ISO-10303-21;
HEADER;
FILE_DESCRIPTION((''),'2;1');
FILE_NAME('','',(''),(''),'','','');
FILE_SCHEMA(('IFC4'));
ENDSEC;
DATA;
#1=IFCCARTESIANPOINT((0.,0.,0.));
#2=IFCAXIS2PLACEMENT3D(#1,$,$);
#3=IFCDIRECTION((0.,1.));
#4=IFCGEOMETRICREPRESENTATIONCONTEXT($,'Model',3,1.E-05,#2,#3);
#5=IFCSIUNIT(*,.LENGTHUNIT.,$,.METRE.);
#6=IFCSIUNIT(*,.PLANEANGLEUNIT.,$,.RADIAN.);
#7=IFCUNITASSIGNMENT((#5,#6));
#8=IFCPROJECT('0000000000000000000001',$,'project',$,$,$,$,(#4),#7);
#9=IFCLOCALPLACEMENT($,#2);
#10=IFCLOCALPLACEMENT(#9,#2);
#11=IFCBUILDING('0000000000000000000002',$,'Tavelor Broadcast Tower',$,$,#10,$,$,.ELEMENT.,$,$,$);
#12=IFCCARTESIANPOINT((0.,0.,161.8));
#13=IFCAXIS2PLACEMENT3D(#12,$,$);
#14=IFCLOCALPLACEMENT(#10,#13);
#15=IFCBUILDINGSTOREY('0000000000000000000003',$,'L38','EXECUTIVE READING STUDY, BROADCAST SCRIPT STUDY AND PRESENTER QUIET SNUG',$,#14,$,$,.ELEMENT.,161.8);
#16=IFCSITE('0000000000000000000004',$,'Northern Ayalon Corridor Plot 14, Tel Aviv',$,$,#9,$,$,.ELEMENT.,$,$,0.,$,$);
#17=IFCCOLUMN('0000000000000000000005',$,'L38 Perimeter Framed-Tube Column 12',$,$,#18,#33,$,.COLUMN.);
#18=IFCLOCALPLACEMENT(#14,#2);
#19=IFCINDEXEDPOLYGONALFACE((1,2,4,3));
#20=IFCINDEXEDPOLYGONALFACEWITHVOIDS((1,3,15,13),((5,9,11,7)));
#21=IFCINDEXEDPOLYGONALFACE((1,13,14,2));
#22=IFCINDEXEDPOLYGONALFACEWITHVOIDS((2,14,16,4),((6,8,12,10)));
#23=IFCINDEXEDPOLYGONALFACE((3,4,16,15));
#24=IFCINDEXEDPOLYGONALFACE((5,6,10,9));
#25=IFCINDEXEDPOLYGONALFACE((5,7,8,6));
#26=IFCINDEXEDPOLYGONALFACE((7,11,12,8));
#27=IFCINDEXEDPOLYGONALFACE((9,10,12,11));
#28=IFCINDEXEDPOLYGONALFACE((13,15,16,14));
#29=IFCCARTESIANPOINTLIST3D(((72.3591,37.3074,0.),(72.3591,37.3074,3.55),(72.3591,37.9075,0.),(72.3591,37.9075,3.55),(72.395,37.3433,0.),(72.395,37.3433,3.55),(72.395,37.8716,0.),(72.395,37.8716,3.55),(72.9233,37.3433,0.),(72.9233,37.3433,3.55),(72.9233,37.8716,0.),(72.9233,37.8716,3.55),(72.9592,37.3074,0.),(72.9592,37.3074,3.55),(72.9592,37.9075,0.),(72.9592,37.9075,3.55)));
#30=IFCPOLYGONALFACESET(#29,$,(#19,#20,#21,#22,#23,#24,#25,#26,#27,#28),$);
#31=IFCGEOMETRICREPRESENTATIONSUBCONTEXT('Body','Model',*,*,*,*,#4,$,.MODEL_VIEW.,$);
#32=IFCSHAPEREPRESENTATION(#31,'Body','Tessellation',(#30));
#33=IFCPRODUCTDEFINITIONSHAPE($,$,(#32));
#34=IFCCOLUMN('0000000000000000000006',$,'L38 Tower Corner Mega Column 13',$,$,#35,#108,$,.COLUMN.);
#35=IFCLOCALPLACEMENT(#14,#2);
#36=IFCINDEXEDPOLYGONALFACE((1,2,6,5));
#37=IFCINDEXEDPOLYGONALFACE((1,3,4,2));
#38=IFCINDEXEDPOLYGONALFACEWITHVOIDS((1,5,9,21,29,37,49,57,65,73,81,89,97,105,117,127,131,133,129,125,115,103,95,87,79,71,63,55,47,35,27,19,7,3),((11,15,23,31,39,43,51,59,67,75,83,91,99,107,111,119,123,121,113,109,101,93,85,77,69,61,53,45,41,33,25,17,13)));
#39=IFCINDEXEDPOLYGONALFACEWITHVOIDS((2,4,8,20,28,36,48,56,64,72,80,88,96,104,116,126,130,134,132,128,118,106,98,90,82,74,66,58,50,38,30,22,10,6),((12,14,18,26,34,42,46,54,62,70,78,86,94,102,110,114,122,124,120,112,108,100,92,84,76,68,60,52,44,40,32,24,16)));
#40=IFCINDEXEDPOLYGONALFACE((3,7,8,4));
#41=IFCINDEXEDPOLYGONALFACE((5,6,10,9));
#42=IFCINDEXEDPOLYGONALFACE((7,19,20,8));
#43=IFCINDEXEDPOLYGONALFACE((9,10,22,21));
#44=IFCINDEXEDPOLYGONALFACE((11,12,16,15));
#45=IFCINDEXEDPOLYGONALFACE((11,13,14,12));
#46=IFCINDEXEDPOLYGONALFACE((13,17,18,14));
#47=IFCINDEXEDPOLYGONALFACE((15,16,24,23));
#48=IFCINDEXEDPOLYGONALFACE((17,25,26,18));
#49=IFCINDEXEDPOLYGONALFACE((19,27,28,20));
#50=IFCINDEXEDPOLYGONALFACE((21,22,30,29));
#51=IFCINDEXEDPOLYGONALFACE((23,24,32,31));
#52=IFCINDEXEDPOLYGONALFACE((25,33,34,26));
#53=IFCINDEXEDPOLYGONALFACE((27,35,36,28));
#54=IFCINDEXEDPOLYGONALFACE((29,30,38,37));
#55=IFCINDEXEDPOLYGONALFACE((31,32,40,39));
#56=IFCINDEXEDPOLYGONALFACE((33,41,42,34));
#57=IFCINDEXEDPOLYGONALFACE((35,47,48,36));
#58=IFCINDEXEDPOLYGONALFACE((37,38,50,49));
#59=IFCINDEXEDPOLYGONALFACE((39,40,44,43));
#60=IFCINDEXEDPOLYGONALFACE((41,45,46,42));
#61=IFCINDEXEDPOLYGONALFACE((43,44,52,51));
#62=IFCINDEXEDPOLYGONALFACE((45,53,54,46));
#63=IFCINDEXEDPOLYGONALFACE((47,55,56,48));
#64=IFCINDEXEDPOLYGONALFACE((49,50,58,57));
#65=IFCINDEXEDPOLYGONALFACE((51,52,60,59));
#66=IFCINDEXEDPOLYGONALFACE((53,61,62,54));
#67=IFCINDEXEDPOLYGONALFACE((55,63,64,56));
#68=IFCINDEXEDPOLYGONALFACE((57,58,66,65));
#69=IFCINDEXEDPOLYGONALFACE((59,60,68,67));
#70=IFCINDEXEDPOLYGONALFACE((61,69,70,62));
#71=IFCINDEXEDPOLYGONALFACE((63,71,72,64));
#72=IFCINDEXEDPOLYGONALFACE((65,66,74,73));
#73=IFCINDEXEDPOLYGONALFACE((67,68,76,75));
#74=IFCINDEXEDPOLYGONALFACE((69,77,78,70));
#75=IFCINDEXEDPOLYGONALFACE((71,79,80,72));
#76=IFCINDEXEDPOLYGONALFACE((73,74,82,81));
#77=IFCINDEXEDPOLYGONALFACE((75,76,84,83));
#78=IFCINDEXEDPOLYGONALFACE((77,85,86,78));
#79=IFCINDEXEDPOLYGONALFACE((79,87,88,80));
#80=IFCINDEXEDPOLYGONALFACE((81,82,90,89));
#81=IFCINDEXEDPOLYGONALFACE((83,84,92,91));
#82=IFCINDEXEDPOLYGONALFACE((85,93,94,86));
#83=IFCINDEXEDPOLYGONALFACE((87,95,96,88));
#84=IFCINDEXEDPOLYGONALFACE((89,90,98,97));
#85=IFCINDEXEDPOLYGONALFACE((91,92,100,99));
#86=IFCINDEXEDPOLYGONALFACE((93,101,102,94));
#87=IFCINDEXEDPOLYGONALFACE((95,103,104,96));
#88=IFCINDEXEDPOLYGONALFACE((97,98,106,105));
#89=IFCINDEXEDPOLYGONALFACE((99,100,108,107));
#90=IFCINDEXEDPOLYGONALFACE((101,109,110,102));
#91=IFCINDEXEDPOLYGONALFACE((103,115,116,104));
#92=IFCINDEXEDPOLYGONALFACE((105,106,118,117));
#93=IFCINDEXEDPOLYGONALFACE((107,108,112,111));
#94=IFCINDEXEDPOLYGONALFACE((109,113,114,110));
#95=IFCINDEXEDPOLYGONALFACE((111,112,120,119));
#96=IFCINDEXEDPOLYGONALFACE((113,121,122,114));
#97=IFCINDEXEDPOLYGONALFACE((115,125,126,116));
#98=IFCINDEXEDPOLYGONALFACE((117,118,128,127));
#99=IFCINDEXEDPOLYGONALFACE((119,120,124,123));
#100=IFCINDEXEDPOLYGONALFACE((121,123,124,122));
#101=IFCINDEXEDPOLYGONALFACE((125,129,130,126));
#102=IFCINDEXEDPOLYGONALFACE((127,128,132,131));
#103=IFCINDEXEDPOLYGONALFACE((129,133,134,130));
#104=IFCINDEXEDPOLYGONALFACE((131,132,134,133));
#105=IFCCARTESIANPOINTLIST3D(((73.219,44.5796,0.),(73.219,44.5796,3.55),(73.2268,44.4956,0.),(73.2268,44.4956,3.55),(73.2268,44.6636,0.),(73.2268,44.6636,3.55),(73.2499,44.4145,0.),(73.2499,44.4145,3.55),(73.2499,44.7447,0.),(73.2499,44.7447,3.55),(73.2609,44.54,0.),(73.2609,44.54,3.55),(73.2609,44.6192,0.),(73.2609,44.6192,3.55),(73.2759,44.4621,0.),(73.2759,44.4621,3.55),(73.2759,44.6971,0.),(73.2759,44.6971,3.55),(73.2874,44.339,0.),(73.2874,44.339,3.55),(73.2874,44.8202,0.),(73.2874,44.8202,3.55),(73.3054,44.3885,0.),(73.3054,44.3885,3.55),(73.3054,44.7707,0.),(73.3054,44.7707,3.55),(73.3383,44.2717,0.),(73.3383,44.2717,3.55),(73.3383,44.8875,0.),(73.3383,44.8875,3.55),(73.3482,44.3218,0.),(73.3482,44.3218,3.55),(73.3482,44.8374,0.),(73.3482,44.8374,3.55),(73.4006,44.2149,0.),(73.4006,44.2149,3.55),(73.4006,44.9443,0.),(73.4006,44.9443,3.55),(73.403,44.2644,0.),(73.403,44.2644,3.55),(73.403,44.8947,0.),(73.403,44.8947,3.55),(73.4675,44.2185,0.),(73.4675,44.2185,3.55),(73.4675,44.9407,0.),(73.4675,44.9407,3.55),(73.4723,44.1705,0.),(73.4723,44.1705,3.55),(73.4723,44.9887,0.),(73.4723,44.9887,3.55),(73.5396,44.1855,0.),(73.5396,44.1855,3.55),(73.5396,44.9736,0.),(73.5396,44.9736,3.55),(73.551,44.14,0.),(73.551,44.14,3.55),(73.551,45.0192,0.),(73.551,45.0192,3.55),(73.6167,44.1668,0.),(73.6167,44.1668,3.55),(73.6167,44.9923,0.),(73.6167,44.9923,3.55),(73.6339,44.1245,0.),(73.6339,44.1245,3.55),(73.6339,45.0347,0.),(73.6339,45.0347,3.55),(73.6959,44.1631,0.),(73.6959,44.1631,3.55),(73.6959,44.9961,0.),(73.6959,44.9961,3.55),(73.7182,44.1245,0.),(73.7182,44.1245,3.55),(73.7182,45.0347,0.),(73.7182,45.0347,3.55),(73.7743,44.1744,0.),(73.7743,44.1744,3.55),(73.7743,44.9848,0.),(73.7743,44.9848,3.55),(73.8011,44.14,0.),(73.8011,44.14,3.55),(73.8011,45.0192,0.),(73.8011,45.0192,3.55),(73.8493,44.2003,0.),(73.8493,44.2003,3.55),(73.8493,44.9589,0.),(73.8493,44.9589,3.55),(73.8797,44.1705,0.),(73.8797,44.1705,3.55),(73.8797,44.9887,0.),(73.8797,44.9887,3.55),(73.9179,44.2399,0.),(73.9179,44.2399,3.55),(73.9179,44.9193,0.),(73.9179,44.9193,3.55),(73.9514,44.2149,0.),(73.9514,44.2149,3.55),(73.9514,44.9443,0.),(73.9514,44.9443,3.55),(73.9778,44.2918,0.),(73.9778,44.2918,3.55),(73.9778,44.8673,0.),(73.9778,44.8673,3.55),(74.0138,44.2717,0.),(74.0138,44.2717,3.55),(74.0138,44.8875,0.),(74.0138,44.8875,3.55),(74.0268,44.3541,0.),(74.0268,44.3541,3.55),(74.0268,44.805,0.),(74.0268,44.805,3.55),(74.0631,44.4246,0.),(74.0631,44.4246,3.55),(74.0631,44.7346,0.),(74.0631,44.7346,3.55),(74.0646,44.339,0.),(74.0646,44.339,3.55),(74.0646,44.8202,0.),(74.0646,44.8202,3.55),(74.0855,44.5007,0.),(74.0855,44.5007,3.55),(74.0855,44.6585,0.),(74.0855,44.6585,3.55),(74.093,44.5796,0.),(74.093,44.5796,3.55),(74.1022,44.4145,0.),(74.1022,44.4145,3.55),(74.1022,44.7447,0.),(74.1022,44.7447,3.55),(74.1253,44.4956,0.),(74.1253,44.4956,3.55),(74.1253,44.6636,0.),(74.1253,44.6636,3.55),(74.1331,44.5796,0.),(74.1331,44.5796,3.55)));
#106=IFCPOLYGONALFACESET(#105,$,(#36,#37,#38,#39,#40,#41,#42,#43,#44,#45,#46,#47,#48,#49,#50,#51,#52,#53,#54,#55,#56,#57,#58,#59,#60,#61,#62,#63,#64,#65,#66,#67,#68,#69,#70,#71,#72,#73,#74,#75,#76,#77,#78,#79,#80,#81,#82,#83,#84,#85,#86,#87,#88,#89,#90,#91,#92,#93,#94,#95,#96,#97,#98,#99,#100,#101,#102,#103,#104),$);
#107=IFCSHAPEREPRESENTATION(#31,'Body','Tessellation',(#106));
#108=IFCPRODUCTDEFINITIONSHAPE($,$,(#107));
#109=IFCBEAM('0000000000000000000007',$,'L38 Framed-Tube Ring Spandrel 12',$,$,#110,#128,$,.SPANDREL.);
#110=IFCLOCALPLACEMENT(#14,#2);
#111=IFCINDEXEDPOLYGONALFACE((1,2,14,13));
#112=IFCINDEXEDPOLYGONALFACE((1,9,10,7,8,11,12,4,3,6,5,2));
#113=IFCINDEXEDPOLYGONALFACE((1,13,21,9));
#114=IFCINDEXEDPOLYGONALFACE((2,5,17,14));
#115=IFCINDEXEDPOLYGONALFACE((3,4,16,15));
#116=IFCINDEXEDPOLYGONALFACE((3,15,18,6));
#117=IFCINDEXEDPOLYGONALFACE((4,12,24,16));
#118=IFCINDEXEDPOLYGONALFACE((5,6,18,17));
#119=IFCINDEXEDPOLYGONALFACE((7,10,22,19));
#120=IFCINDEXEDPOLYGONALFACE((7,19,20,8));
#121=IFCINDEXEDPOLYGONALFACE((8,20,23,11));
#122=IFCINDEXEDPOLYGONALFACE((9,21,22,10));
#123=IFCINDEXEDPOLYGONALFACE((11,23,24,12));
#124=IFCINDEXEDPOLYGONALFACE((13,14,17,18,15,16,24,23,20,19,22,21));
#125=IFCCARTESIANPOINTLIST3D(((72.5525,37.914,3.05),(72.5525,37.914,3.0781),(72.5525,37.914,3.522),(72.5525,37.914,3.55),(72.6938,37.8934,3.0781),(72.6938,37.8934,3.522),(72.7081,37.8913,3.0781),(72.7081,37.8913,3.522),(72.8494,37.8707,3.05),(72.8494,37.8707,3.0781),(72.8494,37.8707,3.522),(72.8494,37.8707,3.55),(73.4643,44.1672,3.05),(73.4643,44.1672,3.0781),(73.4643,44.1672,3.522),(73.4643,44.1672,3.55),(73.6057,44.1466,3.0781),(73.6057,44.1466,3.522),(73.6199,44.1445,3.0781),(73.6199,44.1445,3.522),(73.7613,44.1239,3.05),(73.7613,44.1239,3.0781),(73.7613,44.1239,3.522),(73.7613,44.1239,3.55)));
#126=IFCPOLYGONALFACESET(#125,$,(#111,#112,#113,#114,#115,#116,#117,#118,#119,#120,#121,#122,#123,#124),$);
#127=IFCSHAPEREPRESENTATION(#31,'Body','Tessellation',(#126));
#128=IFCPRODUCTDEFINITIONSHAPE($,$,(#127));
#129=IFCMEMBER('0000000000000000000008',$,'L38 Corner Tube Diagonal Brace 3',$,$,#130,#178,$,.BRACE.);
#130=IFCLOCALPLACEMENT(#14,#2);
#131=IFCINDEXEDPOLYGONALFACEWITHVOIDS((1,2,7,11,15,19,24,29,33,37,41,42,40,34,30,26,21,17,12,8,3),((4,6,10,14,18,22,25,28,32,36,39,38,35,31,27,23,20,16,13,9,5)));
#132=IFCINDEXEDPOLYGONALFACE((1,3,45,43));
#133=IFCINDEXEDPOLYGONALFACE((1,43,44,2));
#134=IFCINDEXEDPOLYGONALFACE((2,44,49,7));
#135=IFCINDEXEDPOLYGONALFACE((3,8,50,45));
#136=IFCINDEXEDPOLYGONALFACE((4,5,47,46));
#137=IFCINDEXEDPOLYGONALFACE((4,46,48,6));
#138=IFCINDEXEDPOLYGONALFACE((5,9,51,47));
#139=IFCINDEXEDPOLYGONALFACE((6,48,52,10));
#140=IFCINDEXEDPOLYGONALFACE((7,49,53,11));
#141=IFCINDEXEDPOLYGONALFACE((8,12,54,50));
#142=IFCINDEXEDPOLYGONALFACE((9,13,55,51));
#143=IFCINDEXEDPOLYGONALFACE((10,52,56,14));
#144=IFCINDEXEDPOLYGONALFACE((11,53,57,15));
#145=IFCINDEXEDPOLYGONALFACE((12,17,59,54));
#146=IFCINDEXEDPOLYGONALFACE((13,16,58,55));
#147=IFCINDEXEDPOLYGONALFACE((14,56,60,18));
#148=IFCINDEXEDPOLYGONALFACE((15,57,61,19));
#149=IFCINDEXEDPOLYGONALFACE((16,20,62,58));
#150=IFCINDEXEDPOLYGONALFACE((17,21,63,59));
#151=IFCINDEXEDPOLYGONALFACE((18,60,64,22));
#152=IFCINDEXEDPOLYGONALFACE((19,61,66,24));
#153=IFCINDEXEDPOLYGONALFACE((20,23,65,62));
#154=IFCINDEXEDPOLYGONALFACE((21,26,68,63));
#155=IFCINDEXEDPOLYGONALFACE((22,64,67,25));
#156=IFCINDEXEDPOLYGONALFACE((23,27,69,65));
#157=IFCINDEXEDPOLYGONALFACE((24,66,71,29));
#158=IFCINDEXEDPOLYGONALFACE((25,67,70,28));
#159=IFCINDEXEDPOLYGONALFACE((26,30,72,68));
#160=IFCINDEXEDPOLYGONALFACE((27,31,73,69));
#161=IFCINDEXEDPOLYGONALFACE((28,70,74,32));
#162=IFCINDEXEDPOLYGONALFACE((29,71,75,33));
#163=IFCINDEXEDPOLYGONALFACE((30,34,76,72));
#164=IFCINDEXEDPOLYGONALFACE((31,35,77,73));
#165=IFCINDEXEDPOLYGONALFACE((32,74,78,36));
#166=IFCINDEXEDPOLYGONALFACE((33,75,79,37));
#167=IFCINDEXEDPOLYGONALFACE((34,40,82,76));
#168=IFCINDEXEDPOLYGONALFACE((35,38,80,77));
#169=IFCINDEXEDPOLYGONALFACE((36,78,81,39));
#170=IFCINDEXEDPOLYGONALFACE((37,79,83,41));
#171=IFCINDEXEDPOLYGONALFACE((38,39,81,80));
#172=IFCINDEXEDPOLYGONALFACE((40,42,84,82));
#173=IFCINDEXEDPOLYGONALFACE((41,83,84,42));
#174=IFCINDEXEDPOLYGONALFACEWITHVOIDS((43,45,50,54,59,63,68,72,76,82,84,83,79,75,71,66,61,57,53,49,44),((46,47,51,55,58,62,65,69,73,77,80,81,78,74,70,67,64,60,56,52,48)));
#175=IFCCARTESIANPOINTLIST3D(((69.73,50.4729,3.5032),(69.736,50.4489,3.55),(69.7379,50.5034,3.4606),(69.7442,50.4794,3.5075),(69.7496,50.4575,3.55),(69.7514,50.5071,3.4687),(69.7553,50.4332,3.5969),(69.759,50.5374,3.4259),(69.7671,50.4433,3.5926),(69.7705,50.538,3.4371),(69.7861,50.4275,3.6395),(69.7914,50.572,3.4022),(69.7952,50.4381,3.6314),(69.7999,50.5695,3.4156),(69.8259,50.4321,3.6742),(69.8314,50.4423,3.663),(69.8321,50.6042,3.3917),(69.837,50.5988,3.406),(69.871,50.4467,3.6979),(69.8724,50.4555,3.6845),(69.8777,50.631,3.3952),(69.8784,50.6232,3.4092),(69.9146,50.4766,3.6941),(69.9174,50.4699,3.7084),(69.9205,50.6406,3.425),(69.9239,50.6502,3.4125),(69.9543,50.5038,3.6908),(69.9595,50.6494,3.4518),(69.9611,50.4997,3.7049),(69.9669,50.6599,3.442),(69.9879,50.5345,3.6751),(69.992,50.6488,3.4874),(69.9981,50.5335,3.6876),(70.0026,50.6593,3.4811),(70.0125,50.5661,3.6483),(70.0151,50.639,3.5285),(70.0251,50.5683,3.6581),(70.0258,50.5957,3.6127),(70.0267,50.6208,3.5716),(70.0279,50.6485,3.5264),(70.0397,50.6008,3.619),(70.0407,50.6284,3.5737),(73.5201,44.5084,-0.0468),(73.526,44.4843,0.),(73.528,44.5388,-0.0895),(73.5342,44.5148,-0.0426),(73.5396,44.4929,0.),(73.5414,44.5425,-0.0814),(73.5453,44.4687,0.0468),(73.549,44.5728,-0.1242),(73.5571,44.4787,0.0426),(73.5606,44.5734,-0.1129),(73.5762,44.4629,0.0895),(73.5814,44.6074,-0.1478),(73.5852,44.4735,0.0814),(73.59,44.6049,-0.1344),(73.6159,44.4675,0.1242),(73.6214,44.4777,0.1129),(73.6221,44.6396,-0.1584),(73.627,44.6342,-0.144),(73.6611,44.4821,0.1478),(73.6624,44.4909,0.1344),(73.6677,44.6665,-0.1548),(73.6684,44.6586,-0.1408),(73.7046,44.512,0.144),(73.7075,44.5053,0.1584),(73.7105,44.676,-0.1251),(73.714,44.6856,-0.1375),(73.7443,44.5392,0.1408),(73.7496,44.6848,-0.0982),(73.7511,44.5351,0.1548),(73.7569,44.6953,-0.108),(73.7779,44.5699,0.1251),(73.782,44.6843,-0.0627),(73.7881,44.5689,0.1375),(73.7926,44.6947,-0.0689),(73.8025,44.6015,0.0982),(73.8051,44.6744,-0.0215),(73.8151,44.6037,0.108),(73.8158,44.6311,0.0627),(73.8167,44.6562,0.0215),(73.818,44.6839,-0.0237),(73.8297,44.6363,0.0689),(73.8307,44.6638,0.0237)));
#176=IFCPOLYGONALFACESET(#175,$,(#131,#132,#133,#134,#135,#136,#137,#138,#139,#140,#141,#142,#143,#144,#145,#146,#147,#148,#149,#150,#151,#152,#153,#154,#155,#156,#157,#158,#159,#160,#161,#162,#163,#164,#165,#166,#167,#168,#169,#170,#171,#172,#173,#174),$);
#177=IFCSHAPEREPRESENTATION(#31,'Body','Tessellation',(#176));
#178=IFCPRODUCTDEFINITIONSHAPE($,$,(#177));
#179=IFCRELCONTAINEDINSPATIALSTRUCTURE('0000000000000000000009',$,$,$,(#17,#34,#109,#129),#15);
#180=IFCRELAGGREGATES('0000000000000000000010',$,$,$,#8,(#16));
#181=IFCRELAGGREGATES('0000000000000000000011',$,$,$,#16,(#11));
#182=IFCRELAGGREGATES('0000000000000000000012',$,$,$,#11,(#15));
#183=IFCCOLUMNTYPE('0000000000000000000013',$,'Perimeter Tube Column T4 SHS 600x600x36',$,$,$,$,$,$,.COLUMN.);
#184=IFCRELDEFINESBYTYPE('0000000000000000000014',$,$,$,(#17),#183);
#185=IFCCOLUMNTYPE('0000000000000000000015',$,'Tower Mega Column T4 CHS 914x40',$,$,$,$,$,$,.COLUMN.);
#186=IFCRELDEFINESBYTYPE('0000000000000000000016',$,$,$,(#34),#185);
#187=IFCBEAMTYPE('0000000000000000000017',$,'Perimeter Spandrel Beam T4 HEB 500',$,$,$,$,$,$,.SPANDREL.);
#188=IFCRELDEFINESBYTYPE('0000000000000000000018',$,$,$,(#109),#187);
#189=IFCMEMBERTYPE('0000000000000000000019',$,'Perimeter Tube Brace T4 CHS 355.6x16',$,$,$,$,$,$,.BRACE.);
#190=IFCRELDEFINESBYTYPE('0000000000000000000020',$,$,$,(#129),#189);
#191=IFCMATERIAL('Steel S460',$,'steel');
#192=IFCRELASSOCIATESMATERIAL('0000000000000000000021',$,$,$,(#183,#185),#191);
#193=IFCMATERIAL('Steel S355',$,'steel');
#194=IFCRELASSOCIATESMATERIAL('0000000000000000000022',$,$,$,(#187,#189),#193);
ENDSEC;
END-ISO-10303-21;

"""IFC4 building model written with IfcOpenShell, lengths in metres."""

from ifc_helpers import new_model, si_unit, direction, frame, origin, origin_2d, place, context, subcontext, project, spatial, hollow_rectangle, hollow_circle, i_section, extrude, material, material_profile, profile_set, type_object, element, save


model = new_model("IFC4")

# Units and contexts
model_context = context("Model", 3, precision=1e-05, world=origin(), true_north=direction((0.0, 1.0)))
body_context = subcontext(model_context, "Body", "Model", "MODEL_VIEW")
ifc_project = project(units=[si_unit("LENGTHUNIT", "METRE"), si_unit("PLANEANGLEUNIT", "RADIAN")], contexts=[model_context])

# Site, building, storey
site_placement = place(None, origin())
site = spatial("IfcSite", under=ifc_project, at=site_placement, Name="Northern Ayalon Corridor Plot 14, Tel Aviv", CompositionType="ELEMENT", RefElevation=0.0)
building_placement = place(site_placement, origin())
building = spatial("IfcBuilding", under=site, at=building_placement, Name="Tavelor Broadcast Tower", CompositionType="ELEMENT")
storey_placement = place(building_placement, frame((0.0, 0.0, 161.8)))
storey = spatial("IfcBuildingStorey", under=building, at=storey_placement, Name="L38", Description="EXECUTIVE READING STUDY, BROADCAST SCRIPT STUDY AND PRESENTER QUIET SNUG", CompositionType="ELEMENT", Elevation=161.8)

# Columns
ifc_material_1 = material(Name="Steel S460", Category="steel")
ifc_material_profile_1 = material_profile(ifc_material_1, hollow_rectangle(XDim=0.6001, YDim=0.6001, WallThickness=0.0359, at=origin_2d()), Name="SHS 600x600x36")
ifc_profile_set_1 = profile_set([ifc_material_profile_1], Name="Steel S460")
column_type_1 = type_object("IfcColumnType", Name="Perimeter Tube Column T4 SHS 600x600x36", PredefinedType="COLUMN", material=ifc_profile_set_1)
column_1_placement = place(storey_placement, frame((72.6592, 37.6074, 0.0), z_axis=(0.0, 0.0, 1.0), x_axis=(1.0, 0.0, 0.0)))
element("IfcColumn", 1, at=column_1_placement, inside=storey, type_object=column_type_1, Name="L38 Perimeter Framed-Tube Column 12", PredefinedType="COLUMN", context=body_context, shape_type="SweptSolid", body=[
    extrude(hollow_rectangle(XDim=0.6001, YDim=0.6001, WallThickness=0.0359, at=origin_2d()), origin(), (0.0, 0.0, 1.0), 3.55),
])
ifc_material_profile_2 = material_profile(ifc_material_1, hollow_circle(Radius=0.457, WallThickness=0.04, at=origin_2d()), Name="CHS 914x40")
ifc_profile_set_2 = profile_set([ifc_material_profile_2], Name="Steel S460")
column_type_2 = type_object("IfcColumnType", Name="Tower Mega Column T4 CHS 914x40", PredefinedType="COLUMN", material=ifc_profile_set_2)
column_2_placement = place(storey_placement, frame((73.676, 44.5796, 0.0), z_axis=(0.0, 0.0, 1.0), x_axis=(1.0, 0.0, 0.0)))
element("IfcColumn", 2, at=column_2_placement, inside=storey, type_object=column_type_2, Name="L38 Tower Corner Mega Column 13", PredefinedType="COLUMN", context=body_context, shape_type="SweptSolid", body=[
    extrude(hollow_circle(Radius=0.457, WallThickness=0.04, at=origin_2d()), origin(), (0.0, 0.0, 1.0), 3.55),
])

# Beam
ifc_material_2 = material(Name="Steel S355", Category="steel")
ifc_material_profile_3 = material_profile(ifc_material_2, i_section(OverallWidth=0.3, OverallDepth=0.5, WebThickness=0.0144, FlangeThickness=0.0281, at=origin_2d()), Name="HEB 500")
ifc_profile_set_3 = profile_set([ifc_material_profile_3], Name="Steel S355")
beam_type = type_object("IfcBeamType", Name="Perimeter Spandrel Beam T4 HEB 500", PredefinedType="SPANDREL", material=ifc_profile_set_3)
beam_placement = place(storey_placement, frame((72.7009, 37.8923, 3.3), z_axis=(0.144298, 0.989534, 0.0), x_axis=(-0.989534, 0.144298, 0.0)))
element("IfcBeam", 3, at=beam_placement, inside=storey, type_object=beam_type, Name="L38 Framed-Tube Ring Spandrel 12", PredefinedType="SPANDREL", context=body_context, shape_type="SweptSolid", body=[
    extrude(i_section(OverallWidth=0.3, OverallDepth=0.5, WebThickness=0.0144, FlangeThickness=0.0281, at=origin_2d()), origin(), (0.0, 0.0, 1.0), 6.3193),
])

# Member
ifc_material_profile_4 = material_profile(ifc_material_2, hollow_circle(Radius=0.1777, WallThickness=0.0161, at=origin_2d()), Name="CHS 355.6x16")
ifc_profile_set_4 = profile_set([ifc_material_profile_4], Name="Steel S355")
member_type_1 = type_object("IfcMemberType", Name="Perimeter Tube Brace T4 CHS 355.6x16", PredefinedType="BRACE", material=ifc_profile_set_4)
member_1_placement = place(storey_placement, frame((73.676, 44.5796, 0.0), z_axis=(-0.479239, 0.754205, 0.448893), x_axis=(-0.844021, -0.53631, 0.0)))
element("IfcMember", 4, at=member_1_placement, inside=storey, type_object=member_type_1, Name="L38 Corner Tube Diagonal Brace 3", PredefinedType="BRACE", context=body_context, shape_type="SweptSolid", body=[
    extrude(hollow_circle(Radius=0.1777, WallThickness=0.0161, at=origin_2d()), origin(), (0.0, 0.0, 1.0), 7.9084),
])

save(model, "model.ifc")
